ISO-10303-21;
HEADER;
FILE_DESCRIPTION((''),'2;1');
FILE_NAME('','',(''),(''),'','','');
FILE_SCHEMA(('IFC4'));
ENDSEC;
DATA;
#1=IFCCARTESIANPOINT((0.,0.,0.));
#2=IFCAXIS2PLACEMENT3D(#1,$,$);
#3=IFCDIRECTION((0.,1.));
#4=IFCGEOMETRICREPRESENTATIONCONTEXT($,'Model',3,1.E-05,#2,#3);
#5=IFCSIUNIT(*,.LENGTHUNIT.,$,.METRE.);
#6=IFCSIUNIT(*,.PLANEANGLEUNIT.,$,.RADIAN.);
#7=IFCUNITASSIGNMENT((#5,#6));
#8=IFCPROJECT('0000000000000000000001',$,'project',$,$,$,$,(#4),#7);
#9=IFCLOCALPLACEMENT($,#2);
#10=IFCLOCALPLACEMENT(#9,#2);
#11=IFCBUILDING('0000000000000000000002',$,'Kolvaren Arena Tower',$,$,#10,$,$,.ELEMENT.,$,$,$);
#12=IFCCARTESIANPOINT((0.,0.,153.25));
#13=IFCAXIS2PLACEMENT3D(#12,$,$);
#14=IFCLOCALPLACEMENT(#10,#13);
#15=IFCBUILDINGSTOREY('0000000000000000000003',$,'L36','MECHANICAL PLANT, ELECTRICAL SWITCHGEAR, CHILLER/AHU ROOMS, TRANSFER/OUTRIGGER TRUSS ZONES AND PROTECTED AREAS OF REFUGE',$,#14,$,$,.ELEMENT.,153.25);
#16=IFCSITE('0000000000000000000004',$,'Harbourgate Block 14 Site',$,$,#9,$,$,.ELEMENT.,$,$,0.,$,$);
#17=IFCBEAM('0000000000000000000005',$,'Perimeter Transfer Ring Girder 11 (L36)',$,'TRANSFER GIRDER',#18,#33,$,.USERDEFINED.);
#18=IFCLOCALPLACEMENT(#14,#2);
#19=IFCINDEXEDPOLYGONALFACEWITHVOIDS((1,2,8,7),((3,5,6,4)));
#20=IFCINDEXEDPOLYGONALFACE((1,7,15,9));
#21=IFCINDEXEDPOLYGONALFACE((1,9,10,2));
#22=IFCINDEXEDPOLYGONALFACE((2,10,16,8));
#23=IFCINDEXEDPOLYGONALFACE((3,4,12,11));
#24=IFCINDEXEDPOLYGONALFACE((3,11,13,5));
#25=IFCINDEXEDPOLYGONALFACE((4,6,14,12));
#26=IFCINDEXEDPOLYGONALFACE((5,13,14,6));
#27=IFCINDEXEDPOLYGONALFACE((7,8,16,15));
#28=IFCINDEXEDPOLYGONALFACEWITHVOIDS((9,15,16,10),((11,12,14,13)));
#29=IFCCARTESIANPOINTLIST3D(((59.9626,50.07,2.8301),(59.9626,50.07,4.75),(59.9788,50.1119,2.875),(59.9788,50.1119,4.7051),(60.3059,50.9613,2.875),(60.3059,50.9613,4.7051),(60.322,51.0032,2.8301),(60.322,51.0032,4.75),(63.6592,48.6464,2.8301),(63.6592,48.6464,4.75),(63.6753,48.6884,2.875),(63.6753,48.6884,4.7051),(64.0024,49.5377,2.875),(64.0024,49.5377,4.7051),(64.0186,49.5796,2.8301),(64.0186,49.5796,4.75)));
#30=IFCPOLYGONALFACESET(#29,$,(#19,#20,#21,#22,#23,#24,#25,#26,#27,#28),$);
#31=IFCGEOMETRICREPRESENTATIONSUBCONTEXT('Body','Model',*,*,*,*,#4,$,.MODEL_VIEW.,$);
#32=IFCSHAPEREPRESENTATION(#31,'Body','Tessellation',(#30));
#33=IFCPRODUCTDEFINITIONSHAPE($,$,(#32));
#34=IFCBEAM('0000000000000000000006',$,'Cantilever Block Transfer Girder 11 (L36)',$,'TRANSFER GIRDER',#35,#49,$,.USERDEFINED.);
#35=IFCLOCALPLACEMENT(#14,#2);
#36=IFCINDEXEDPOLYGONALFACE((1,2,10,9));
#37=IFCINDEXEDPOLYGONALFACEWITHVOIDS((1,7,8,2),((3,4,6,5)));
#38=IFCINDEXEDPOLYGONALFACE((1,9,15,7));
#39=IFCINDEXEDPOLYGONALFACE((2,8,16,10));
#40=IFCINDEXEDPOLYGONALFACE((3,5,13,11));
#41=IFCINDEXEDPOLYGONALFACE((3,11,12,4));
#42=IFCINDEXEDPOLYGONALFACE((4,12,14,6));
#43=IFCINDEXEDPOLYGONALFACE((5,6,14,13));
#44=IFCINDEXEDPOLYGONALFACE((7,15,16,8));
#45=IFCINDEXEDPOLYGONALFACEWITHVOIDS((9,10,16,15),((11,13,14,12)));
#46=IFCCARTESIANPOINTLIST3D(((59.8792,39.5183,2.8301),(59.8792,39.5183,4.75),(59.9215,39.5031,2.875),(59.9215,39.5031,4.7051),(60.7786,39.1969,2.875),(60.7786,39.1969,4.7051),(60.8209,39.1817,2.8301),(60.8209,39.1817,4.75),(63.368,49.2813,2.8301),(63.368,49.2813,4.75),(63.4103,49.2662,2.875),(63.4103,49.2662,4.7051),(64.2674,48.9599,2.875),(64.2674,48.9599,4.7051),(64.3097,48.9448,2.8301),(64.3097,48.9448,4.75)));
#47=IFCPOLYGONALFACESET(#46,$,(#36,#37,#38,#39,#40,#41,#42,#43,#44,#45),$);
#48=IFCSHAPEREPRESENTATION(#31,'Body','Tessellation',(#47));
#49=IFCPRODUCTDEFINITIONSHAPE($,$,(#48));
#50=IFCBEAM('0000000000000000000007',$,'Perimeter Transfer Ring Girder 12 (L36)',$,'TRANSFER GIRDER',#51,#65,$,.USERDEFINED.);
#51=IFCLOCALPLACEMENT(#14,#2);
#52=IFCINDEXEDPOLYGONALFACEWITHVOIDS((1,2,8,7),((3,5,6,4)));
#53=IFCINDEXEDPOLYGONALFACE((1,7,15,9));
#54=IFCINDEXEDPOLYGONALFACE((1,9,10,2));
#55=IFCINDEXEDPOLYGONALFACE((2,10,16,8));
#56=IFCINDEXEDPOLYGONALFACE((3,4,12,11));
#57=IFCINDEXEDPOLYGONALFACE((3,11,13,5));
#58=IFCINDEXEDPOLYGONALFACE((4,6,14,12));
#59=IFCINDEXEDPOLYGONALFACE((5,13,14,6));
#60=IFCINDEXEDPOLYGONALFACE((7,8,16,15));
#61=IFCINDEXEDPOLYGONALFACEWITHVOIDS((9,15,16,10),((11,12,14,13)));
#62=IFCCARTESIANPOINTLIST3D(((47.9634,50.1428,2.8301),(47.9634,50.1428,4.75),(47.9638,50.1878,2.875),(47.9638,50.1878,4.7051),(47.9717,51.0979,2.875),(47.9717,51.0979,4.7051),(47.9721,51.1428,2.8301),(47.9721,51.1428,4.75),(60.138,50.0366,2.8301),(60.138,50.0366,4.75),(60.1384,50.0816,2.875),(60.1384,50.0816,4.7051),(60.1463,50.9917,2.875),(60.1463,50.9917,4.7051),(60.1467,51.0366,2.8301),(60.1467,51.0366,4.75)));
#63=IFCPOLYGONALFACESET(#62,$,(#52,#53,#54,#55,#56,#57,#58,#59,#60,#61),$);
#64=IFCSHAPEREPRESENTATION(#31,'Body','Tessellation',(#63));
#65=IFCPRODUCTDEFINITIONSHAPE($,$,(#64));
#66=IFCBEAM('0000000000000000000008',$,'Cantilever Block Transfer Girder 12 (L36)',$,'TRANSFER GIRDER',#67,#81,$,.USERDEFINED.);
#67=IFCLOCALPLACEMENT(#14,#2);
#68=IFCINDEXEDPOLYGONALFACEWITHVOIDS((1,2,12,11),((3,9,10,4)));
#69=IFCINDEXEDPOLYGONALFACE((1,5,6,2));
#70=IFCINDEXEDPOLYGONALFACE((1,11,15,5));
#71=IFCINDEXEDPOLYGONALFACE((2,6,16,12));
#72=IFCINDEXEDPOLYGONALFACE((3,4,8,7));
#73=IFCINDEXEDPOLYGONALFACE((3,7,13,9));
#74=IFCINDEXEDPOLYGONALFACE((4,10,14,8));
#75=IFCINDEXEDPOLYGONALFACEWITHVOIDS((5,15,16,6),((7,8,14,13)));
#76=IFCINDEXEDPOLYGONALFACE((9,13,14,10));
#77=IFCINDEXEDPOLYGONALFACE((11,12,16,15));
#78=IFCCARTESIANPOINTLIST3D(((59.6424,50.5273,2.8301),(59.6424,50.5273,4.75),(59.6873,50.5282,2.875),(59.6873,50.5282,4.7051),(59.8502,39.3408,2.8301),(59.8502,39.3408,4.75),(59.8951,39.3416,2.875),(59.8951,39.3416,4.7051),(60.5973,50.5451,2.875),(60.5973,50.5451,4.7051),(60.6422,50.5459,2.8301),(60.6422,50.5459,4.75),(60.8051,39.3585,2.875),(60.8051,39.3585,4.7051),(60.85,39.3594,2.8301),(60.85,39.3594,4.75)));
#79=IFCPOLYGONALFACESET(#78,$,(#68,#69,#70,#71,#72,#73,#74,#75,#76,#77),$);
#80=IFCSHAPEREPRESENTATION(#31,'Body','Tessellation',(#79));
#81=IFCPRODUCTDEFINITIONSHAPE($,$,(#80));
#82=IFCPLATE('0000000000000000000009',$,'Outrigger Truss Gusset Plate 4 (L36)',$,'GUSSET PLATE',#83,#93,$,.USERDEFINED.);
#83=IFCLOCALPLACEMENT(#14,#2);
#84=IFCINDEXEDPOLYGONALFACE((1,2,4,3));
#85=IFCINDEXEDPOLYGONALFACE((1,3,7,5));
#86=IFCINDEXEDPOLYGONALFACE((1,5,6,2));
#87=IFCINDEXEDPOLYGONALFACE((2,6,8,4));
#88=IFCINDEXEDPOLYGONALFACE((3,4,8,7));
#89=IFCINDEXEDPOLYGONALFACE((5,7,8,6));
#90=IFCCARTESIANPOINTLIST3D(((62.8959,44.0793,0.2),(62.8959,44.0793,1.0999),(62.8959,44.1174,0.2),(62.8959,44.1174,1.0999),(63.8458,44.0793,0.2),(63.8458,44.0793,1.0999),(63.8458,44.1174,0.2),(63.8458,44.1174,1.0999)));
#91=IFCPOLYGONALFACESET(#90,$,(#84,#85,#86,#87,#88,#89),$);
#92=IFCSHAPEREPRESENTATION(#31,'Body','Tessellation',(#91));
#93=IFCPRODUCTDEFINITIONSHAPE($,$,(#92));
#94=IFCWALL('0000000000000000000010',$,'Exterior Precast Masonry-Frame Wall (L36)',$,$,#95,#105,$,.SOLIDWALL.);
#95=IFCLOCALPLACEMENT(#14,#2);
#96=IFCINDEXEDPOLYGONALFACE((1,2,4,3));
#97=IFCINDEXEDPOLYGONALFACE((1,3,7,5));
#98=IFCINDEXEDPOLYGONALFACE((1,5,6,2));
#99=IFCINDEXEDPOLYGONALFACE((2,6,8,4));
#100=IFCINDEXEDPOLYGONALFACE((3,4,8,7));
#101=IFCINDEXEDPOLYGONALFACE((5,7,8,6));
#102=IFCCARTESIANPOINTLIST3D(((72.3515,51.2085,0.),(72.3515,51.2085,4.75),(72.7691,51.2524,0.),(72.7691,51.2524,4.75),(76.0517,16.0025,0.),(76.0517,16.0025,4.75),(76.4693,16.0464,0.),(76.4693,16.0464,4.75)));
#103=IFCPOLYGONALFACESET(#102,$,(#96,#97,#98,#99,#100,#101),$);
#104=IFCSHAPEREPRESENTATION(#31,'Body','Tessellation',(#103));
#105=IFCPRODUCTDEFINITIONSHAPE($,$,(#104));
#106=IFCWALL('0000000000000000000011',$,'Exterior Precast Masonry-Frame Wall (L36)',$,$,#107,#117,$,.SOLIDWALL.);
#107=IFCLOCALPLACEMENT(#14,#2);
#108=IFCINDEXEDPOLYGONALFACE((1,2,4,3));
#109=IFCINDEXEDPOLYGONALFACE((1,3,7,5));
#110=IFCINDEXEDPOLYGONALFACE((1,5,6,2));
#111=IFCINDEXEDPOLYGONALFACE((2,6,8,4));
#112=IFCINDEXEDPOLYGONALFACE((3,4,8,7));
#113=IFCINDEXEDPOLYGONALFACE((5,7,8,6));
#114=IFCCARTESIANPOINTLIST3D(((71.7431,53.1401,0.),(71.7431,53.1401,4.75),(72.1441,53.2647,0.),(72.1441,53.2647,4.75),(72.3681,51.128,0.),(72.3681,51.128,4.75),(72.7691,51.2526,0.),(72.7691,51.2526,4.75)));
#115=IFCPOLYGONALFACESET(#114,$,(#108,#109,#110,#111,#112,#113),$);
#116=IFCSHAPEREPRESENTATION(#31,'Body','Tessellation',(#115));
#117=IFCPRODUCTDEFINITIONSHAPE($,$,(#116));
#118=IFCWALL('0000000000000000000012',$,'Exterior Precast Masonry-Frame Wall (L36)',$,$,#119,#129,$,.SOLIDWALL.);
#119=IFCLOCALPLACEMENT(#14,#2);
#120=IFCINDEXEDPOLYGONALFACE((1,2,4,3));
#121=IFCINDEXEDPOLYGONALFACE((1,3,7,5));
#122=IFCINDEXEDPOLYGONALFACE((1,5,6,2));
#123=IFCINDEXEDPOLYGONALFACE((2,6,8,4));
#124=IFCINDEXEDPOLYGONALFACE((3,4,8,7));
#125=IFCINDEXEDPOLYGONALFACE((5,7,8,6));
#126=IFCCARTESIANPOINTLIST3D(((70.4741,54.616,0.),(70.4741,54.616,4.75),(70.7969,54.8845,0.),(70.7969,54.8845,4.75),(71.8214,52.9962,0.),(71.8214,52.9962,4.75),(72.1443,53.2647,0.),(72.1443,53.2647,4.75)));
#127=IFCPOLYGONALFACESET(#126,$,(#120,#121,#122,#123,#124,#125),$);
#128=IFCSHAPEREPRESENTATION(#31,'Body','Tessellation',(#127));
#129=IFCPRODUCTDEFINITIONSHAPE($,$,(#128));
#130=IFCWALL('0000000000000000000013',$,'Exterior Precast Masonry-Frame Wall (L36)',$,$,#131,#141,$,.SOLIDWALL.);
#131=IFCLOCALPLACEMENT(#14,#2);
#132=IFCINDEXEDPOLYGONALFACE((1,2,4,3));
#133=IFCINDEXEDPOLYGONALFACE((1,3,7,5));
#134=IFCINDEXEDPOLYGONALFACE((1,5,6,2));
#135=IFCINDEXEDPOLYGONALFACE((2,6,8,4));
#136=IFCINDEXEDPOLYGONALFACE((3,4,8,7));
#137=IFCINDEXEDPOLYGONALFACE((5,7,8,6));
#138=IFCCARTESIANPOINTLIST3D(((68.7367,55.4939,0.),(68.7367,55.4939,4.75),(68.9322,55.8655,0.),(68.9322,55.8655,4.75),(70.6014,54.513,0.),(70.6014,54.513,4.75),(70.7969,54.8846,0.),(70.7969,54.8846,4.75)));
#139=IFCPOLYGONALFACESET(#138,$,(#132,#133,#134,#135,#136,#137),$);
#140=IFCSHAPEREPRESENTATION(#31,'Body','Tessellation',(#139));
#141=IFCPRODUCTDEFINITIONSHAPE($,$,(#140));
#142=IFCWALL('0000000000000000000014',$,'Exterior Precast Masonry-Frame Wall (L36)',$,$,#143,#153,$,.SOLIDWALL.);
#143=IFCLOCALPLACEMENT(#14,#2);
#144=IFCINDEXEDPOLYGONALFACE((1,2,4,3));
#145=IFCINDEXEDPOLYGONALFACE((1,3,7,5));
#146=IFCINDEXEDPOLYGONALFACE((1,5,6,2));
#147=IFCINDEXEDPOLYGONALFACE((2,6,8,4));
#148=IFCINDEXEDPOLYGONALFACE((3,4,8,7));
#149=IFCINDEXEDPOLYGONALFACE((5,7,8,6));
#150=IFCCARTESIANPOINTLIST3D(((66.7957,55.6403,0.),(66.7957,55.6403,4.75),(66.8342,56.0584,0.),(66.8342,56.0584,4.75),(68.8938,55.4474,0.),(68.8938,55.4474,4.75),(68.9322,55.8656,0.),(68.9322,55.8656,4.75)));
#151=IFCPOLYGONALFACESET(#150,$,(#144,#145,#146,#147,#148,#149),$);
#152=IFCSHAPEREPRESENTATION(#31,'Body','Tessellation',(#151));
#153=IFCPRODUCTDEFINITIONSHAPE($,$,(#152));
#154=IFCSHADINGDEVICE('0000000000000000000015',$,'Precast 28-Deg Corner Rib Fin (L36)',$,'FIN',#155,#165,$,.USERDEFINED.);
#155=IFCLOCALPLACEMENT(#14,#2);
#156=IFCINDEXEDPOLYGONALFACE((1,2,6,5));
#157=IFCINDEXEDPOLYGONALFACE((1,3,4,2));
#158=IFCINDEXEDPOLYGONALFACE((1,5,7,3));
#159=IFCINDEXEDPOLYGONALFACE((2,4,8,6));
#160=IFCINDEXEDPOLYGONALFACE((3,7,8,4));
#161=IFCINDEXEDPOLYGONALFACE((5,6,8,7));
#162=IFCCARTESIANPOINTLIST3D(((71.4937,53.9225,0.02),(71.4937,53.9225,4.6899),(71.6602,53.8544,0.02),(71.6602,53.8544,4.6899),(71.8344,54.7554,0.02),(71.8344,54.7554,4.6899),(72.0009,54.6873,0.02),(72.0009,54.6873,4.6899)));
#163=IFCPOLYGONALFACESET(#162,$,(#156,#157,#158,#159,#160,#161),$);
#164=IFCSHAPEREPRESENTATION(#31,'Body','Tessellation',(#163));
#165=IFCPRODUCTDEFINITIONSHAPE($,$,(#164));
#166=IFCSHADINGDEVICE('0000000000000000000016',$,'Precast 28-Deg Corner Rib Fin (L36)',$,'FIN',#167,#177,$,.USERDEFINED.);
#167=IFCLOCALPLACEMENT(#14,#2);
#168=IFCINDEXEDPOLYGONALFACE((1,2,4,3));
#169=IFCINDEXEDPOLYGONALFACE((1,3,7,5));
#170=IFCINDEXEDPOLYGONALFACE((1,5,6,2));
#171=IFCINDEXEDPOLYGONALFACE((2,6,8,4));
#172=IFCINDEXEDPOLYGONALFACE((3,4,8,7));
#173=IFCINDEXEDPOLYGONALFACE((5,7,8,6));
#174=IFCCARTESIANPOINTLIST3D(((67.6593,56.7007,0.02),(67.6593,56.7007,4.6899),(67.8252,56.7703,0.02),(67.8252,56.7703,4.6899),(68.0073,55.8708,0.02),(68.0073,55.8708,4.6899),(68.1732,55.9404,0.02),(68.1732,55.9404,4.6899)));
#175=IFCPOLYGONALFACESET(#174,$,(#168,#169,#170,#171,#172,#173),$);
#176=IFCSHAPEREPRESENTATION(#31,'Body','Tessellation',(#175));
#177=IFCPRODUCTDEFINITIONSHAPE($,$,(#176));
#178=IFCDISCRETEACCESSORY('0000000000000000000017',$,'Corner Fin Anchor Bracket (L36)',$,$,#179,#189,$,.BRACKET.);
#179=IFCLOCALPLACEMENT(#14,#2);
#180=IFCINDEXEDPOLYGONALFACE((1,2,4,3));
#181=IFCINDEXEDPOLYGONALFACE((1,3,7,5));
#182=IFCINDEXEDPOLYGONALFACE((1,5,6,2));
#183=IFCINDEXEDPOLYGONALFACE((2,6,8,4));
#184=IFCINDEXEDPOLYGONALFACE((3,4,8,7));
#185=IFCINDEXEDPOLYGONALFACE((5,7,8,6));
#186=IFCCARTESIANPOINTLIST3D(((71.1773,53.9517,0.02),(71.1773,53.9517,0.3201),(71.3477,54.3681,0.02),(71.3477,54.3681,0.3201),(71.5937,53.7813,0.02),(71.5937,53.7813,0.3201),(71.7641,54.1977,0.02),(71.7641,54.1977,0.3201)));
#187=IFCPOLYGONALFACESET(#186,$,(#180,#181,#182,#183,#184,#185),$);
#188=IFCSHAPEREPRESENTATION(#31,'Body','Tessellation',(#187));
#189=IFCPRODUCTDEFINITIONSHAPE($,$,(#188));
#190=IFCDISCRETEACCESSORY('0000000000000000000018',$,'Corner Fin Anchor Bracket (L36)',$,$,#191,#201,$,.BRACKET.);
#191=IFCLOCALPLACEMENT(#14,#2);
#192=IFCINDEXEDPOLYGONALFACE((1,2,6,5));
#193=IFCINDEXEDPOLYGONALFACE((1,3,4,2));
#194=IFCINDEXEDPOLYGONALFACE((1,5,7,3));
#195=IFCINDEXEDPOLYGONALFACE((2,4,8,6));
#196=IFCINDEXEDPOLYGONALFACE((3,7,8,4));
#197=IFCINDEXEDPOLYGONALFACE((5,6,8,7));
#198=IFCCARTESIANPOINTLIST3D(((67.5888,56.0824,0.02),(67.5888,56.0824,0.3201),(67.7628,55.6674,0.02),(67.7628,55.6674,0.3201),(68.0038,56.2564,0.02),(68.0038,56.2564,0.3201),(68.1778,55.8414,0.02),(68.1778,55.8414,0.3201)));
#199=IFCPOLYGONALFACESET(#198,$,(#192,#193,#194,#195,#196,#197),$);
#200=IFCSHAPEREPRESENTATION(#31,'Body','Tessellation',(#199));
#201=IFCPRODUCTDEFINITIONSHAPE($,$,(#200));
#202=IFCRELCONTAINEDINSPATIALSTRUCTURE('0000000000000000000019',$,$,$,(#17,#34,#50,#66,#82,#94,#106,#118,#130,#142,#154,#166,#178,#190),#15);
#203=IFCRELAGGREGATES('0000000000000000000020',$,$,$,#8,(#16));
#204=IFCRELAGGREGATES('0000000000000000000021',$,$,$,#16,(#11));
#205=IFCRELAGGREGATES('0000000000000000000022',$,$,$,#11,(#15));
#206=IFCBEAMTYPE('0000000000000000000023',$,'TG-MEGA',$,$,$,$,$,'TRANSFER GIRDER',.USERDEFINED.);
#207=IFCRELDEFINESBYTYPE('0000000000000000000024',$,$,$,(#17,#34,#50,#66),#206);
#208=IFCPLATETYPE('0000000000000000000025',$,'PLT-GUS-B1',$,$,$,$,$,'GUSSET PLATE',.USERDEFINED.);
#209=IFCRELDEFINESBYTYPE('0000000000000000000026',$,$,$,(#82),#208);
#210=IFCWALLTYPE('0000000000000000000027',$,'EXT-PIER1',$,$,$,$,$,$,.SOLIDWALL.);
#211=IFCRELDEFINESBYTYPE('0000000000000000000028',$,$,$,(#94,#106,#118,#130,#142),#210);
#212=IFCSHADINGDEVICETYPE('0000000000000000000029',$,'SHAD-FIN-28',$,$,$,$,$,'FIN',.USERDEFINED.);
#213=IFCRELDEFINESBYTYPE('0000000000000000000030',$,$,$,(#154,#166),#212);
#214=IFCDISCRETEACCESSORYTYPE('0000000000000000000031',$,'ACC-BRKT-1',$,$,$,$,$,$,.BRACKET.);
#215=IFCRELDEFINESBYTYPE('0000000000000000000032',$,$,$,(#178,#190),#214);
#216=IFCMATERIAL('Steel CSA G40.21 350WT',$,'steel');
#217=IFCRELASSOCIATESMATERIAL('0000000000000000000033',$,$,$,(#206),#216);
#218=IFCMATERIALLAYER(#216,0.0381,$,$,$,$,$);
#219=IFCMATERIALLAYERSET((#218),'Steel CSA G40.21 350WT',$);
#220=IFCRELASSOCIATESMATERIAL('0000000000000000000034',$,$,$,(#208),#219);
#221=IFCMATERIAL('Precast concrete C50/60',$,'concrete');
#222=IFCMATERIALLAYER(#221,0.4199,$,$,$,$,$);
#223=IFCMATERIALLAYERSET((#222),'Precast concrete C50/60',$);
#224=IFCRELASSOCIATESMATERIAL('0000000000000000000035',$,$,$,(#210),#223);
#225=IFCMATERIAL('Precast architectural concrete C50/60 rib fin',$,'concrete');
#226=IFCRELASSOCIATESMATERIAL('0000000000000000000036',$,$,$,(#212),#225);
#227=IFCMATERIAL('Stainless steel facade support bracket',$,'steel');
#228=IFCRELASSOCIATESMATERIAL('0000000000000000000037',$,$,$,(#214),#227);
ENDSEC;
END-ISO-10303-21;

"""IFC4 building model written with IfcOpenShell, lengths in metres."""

from ifc_helpers import new_model, si_unit, direction, frame, frame_2d, origin, origin_2d, place, context, subcontext, project, spatial, rectangle, hollow_rectangle, extrude, material, layer, layer_set, material_profile, profile_set, type_object, element, save


model = new_model("IFC4")

# Units and contexts
model_context = context("Model", 3, precision=1e-05, world=origin(), true_north=direction((0.0, 1.0)))
body_context = subcontext(model_context, "Body", "Model", "MODEL_VIEW")
ifc_project = project(units=[si_unit("LENGTHUNIT", "METRE"), si_unit("PLANEANGLEUNIT", "RADIAN")], contexts=[model_context])

# Site, building, storey
site_placement = place(None, origin())
site = spatial("IfcSite", under=ifc_project, at=site_placement, Name="Harbourgate Block 14 Site", CompositionType="ELEMENT", RefElevation=0.0)
building_placement = place(site_placement, origin())
building = spatial("IfcBuilding", under=site, at=building_placement, Name="Kolvaren Arena Tower", CompositionType="ELEMENT")
storey_placement = place(building_placement, frame((0.0, 0.0, 153.25)))
storey = spatial("IfcBuildingStorey", under=building, at=storey_placement, Name="L36", Description="MECHANICAL PLANT, ELECTRICAL SWITCHGEAR, CHILLER/AHU ROOMS, TRANSFER/OUTRIGGER TRUSS ZONES AND PROTECTED AREAS OF REFUGE", CompositionType="ELEMENT", Elevation=153.25)

# Shared definitions
ifc_material_1 = material(Name="Steel CSA G40.21 350WT", Category="steel")

# Beams
ifc_material_profile_1 = material_profile(ifc_material_1, hollow_rectangle(XDim=1.0, YDim=1.9199, WallThickness=0.0449, at=origin_2d()), Name="BOX 1000x1920x45")
ifc_profile_set_1 = profile_set([ifc_material_profile_1], Name="Steel CSA G40.21 350WT")
beam_type_1 = type_object("IfcBeamType", Name="TG-MEGA", ElementType="TRANSFER GIRDER", PredefinedType="USERDEFINED", material=ifc_profile_set_1)
beam_1_placement = place(storey_placement, frame((63.8389, 49.113, 3.79), z_axis=(-0.93319, 0.359384, 0.0), x_axis=(-0.359384, -0.93319, 0.0)))
element("IfcBeam", 1, at=beam_1_placement, inside=storey, type_object=beam_type_1, Name="Perimeter Transfer Ring Girder 11 (L36)", ObjectType="TRANSFER GIRDER", PredefinedType="USERDEFINED", context=body_context, shape_type="SweptSolid", body=[
    extrude(hollow_rectangle(XDim=1.0, YDim=1.9199, WallThickness=0.0449, at=origin_2d()), origin(), (0.0, 0.0, 1.0), 3.9612),
])
beam_2_placement = place(storey_placement, frame((63.8389, 49.113, 3.79), z_axis=(-0.336508, -0.941681, 0.0), x_axis=(0.941681, -0.336508, 0.0)))
element("IfcBeam", 2, at=beam_2_placement, inside=storey, type_object=beam_type_1, Name="Cantilever Block Transfer Girder 11 (L36)", ObjectType="TRANSFER GIRDER", PredefinedType="USERDEFINED", context=body_context, shape_type="SweptSolid", body=[
    extrude(hollow_rectangle(XDim=1.0, YDim=1.9199, WallThickness=0.0449, at=origin_2d()), origin(), (0.0, 0.0, 1.0), 10.3677),
])
beam_3_placement = place(storey_placement, frame((60.1423, 50.5366, 3.79), z_axis=(-0.999962, 0.008723, 0.0), x_axis=(-0.008723, -0.999962, 0.0)))
element("IfcBeam", 3, at=beam_3_placement, inside=storey, type_object=beam_type_1, Name="Perimeter Transfer Ring Girder 12 (L36)", ObjectType="TRANSFER GIRDER", PredefinedType="USERDEFINED", context=body_context, shape_type="SweptSolid", body=[
    extrude(hollow_rectangle(XDim=1.0, YDim=1.9199, WallThickness=0.0449, at=origin_2d()), origin(), (0.0, 0.0, 1.0), 12.175),
])
beam_4_placement = place(storey_placement, frame((60.1423, 50.5366, 3.79), z_axis=(0.018569, -0.999828, 0.0), x_axis=(0.999828, 0.018569, 0.0)))
element("IfcBeam", 4, at=beam_4_placement, inside=storey, type_object=beam_type_1, Name="Cantilever Block Transfer Girder 12 (L36)", ObjectType="TRANSFER GIRDER", PredefinedType="USERDEFINED", context=body_context, shape_type="SweptSolid", body=[
    extrude(hollow_rectangle(XDim=1.0, YDim=1.9199, WallThickness=0.0449, at=origin_2d()), origin(), (0.0, 0.0, 1.0), 11.1885),
])

# Plate
ifc_layer_1 = layer(ifc_material_1, 0.0381)
ifc_layer_set_1 = layer_set([ifc_layer_1], Name="Steel CSA G40.21 350WT")
plate_type = type_object("IfcPlateType", Name="PLT-GUS-B1", ElementType="GUSSET PLATE", PredefinedType="USERDEFINED", material=ifc_layer_set_1)
plate_placement = place(storey_placement, frame((63.3708, 44.0984, 0.2), z_axis=(0.0, 0.0, 1.0), x_axis=(1.0, 0.0, 0.0)))
element("IfcPlate", 5, at=plate_placement, inside=storey, type_object=plate_type, Name="Outrigger Truss Gusset Plate 4 (L36)", ObjectType="GUSSET PLATE", PredefinedType="USERDEFINED", context=body_context, shape_type="SweptSolid", body=[
    extrude(rectangle(XDim=0.95, YDim=0.0381, at=origin_2d()), origin(), (0.0, 0.0, 1.0), 0.8999),
])

# Walls
ifc_material_2 = material(Name="Precast concrete C50/60", Category="concrete")
ifc_layer_2 = layer(ifc_material_2, 0.4199)
ifc_layer_set_2 = layer_set([ifc_layer_2], Name="Precast concrete C50/60")
wall_type = type_object("IfcWallType", Name="EXT-PIER1", PredefinedType="SOLIDWALL", material=ifc_layer_set_2)
wall_placement = place(storey_placement, frame((72.5603, 51.2305, 0.0), z_axis=(0.0, 0.0, 1.0), x_axis=(0.104525, -0.994522, 0.0)))
element("IfcWall", 6, at=wall_placement, inside=storey, type_object=wall_type, Name="Exterior Precast Masonry-Frame Wall (L36)", PredefinedType="SOLIDWALL", context=body_context, shape_type="SweptSolid", body=[
    extrude(rectangle(XDim=35.3999, YDim=0.4199, at=frame_2d((17.7, 0.0))), origin(), (0.0, 0.0, 1.0), 4.75),
])
for number, where, z_axis, x_axis, name in (
    (7, (71.9436, 53.2024, 0.0), (0.0, 0.0, 1.0), (0.296625, -0.954994, 0.0), "Exterior Precast Masonry-Frame Wall (L36)"),
    (8, (70.6355, 54.7502, 0.0), (0.0, 0.0, 1.0), (0.639489, -0.7688, 0.0), "Exterior Precast Masonry-Frame Wall (L36)"),
    (9, (68.8345, 55.6797, 0.0), (0.0, 0.0, 1.0), (0.885014, -0.465565, 0.0), "Exterior Precast Masonry-Frame Wall (L36)"),
    (10, (66.8149, 55.8494, 0.0), (0.0, 0.0, 1.0), (0.995802, -0.091539, 0.0), "Exterior Precast Masonry-Frame Wall (L36)"),
):
    element("IfcWall", number, at=place(storey_placement, frame(where, z_axis=z_axis, x_axis=x_axis)), inside=storey, type_object=wall_type, Name=name, PredefinedType="SOLIDWALL", context=body_context, shape_type="SweptSolid", body=[
        extrude(rectangle(XDim=2.1069, YDim=0.4199, at=frame_2d((1.0535, 0.0))), origin(), (0.0, 0.0, 1.0), 4.75),
    ])

# Shading devices
ifc_material_3 = material(Name="Precast architectural concrete C50/60 rib fin", Category="concrete")
shading_device_type = type_object("IfcShadingDeviceType", Name="SHAD-FIN-28", ElementType="FIN", PredefinedType="USERDEFINED", material=ifc_material_3)
for number, where, z_axis, x_axis, name in (
    (11, (71.7473, 54.3049, 0.02), (0.0, 0.0, 1.0), (0.378634, 0.925546, 0.0), "Precast 28-Deg Corner Rib Fin (L36)"),
    (12, (67.9163, 56.3206, 0.02), (0.0, 0.0, 1.0), (-0.386706, 0.922203, 0.0), "Precast 28-Deg Corner Rib Fin (L36)"),
):
    element("IfcShadingDevice", number, at=place(storey_placement, frame(where, z_axis=z_axis, x_axis=x_axis)), inside=storey, type_object=shading_device_type, Name=name, ObjectType="FIN", PredefinedType="USERDEFINED", context=body_context, shape_type="SweptSolid", body=[
        extrude(rectangle(XDim=0.8999, YDim=0.1799, at=origin_2d()), origin(), (0.0, 0.0, 1.0), 4.6699),
    ])

# Discrete accessories
ifc_material_4 = material(Name="Stainless steel facade support bracket", Category="steel")
discrete_accessory_type_1 = type_object("IfcDiscreteAccessoryType", Name="ACC-BRKT-1", PredefinedType="BRACKET", material=ifc_material_4)
for number, where, z_axis, x_axis, name in (
    (13, (71.4707, 54.0747, 0.02), (0.0, 0.0, 1.0), (0.378634, 0.925546, 0.0), "Corner Fin Anchor Bracket (L36)"),
    (14, (67.8833, 55.9619, 0.02), (0.0, 0.0, 1.0), (-0.386706, 0.922203, 0.0), "Corner Fin Anchor Bracket (L36)"),
):
    element("IfcDiscreteAccessory", number, at=place(storey_placement, frame(where, z_axis=z_axis, x_axis=x_axis)), inside=storey, type_object=discrete_accessory_type_1, Name=name, PredefinedType="BRACKET", context=body_context, shape_type="SweptSolid", body=[
        extrude(rectangle(XDim=0.45, YDim=0.45, at=origin_2d()), origin(), (0.0, 0.0, 1.0), 0.3),
    ])

save(model, "model.ifc")
